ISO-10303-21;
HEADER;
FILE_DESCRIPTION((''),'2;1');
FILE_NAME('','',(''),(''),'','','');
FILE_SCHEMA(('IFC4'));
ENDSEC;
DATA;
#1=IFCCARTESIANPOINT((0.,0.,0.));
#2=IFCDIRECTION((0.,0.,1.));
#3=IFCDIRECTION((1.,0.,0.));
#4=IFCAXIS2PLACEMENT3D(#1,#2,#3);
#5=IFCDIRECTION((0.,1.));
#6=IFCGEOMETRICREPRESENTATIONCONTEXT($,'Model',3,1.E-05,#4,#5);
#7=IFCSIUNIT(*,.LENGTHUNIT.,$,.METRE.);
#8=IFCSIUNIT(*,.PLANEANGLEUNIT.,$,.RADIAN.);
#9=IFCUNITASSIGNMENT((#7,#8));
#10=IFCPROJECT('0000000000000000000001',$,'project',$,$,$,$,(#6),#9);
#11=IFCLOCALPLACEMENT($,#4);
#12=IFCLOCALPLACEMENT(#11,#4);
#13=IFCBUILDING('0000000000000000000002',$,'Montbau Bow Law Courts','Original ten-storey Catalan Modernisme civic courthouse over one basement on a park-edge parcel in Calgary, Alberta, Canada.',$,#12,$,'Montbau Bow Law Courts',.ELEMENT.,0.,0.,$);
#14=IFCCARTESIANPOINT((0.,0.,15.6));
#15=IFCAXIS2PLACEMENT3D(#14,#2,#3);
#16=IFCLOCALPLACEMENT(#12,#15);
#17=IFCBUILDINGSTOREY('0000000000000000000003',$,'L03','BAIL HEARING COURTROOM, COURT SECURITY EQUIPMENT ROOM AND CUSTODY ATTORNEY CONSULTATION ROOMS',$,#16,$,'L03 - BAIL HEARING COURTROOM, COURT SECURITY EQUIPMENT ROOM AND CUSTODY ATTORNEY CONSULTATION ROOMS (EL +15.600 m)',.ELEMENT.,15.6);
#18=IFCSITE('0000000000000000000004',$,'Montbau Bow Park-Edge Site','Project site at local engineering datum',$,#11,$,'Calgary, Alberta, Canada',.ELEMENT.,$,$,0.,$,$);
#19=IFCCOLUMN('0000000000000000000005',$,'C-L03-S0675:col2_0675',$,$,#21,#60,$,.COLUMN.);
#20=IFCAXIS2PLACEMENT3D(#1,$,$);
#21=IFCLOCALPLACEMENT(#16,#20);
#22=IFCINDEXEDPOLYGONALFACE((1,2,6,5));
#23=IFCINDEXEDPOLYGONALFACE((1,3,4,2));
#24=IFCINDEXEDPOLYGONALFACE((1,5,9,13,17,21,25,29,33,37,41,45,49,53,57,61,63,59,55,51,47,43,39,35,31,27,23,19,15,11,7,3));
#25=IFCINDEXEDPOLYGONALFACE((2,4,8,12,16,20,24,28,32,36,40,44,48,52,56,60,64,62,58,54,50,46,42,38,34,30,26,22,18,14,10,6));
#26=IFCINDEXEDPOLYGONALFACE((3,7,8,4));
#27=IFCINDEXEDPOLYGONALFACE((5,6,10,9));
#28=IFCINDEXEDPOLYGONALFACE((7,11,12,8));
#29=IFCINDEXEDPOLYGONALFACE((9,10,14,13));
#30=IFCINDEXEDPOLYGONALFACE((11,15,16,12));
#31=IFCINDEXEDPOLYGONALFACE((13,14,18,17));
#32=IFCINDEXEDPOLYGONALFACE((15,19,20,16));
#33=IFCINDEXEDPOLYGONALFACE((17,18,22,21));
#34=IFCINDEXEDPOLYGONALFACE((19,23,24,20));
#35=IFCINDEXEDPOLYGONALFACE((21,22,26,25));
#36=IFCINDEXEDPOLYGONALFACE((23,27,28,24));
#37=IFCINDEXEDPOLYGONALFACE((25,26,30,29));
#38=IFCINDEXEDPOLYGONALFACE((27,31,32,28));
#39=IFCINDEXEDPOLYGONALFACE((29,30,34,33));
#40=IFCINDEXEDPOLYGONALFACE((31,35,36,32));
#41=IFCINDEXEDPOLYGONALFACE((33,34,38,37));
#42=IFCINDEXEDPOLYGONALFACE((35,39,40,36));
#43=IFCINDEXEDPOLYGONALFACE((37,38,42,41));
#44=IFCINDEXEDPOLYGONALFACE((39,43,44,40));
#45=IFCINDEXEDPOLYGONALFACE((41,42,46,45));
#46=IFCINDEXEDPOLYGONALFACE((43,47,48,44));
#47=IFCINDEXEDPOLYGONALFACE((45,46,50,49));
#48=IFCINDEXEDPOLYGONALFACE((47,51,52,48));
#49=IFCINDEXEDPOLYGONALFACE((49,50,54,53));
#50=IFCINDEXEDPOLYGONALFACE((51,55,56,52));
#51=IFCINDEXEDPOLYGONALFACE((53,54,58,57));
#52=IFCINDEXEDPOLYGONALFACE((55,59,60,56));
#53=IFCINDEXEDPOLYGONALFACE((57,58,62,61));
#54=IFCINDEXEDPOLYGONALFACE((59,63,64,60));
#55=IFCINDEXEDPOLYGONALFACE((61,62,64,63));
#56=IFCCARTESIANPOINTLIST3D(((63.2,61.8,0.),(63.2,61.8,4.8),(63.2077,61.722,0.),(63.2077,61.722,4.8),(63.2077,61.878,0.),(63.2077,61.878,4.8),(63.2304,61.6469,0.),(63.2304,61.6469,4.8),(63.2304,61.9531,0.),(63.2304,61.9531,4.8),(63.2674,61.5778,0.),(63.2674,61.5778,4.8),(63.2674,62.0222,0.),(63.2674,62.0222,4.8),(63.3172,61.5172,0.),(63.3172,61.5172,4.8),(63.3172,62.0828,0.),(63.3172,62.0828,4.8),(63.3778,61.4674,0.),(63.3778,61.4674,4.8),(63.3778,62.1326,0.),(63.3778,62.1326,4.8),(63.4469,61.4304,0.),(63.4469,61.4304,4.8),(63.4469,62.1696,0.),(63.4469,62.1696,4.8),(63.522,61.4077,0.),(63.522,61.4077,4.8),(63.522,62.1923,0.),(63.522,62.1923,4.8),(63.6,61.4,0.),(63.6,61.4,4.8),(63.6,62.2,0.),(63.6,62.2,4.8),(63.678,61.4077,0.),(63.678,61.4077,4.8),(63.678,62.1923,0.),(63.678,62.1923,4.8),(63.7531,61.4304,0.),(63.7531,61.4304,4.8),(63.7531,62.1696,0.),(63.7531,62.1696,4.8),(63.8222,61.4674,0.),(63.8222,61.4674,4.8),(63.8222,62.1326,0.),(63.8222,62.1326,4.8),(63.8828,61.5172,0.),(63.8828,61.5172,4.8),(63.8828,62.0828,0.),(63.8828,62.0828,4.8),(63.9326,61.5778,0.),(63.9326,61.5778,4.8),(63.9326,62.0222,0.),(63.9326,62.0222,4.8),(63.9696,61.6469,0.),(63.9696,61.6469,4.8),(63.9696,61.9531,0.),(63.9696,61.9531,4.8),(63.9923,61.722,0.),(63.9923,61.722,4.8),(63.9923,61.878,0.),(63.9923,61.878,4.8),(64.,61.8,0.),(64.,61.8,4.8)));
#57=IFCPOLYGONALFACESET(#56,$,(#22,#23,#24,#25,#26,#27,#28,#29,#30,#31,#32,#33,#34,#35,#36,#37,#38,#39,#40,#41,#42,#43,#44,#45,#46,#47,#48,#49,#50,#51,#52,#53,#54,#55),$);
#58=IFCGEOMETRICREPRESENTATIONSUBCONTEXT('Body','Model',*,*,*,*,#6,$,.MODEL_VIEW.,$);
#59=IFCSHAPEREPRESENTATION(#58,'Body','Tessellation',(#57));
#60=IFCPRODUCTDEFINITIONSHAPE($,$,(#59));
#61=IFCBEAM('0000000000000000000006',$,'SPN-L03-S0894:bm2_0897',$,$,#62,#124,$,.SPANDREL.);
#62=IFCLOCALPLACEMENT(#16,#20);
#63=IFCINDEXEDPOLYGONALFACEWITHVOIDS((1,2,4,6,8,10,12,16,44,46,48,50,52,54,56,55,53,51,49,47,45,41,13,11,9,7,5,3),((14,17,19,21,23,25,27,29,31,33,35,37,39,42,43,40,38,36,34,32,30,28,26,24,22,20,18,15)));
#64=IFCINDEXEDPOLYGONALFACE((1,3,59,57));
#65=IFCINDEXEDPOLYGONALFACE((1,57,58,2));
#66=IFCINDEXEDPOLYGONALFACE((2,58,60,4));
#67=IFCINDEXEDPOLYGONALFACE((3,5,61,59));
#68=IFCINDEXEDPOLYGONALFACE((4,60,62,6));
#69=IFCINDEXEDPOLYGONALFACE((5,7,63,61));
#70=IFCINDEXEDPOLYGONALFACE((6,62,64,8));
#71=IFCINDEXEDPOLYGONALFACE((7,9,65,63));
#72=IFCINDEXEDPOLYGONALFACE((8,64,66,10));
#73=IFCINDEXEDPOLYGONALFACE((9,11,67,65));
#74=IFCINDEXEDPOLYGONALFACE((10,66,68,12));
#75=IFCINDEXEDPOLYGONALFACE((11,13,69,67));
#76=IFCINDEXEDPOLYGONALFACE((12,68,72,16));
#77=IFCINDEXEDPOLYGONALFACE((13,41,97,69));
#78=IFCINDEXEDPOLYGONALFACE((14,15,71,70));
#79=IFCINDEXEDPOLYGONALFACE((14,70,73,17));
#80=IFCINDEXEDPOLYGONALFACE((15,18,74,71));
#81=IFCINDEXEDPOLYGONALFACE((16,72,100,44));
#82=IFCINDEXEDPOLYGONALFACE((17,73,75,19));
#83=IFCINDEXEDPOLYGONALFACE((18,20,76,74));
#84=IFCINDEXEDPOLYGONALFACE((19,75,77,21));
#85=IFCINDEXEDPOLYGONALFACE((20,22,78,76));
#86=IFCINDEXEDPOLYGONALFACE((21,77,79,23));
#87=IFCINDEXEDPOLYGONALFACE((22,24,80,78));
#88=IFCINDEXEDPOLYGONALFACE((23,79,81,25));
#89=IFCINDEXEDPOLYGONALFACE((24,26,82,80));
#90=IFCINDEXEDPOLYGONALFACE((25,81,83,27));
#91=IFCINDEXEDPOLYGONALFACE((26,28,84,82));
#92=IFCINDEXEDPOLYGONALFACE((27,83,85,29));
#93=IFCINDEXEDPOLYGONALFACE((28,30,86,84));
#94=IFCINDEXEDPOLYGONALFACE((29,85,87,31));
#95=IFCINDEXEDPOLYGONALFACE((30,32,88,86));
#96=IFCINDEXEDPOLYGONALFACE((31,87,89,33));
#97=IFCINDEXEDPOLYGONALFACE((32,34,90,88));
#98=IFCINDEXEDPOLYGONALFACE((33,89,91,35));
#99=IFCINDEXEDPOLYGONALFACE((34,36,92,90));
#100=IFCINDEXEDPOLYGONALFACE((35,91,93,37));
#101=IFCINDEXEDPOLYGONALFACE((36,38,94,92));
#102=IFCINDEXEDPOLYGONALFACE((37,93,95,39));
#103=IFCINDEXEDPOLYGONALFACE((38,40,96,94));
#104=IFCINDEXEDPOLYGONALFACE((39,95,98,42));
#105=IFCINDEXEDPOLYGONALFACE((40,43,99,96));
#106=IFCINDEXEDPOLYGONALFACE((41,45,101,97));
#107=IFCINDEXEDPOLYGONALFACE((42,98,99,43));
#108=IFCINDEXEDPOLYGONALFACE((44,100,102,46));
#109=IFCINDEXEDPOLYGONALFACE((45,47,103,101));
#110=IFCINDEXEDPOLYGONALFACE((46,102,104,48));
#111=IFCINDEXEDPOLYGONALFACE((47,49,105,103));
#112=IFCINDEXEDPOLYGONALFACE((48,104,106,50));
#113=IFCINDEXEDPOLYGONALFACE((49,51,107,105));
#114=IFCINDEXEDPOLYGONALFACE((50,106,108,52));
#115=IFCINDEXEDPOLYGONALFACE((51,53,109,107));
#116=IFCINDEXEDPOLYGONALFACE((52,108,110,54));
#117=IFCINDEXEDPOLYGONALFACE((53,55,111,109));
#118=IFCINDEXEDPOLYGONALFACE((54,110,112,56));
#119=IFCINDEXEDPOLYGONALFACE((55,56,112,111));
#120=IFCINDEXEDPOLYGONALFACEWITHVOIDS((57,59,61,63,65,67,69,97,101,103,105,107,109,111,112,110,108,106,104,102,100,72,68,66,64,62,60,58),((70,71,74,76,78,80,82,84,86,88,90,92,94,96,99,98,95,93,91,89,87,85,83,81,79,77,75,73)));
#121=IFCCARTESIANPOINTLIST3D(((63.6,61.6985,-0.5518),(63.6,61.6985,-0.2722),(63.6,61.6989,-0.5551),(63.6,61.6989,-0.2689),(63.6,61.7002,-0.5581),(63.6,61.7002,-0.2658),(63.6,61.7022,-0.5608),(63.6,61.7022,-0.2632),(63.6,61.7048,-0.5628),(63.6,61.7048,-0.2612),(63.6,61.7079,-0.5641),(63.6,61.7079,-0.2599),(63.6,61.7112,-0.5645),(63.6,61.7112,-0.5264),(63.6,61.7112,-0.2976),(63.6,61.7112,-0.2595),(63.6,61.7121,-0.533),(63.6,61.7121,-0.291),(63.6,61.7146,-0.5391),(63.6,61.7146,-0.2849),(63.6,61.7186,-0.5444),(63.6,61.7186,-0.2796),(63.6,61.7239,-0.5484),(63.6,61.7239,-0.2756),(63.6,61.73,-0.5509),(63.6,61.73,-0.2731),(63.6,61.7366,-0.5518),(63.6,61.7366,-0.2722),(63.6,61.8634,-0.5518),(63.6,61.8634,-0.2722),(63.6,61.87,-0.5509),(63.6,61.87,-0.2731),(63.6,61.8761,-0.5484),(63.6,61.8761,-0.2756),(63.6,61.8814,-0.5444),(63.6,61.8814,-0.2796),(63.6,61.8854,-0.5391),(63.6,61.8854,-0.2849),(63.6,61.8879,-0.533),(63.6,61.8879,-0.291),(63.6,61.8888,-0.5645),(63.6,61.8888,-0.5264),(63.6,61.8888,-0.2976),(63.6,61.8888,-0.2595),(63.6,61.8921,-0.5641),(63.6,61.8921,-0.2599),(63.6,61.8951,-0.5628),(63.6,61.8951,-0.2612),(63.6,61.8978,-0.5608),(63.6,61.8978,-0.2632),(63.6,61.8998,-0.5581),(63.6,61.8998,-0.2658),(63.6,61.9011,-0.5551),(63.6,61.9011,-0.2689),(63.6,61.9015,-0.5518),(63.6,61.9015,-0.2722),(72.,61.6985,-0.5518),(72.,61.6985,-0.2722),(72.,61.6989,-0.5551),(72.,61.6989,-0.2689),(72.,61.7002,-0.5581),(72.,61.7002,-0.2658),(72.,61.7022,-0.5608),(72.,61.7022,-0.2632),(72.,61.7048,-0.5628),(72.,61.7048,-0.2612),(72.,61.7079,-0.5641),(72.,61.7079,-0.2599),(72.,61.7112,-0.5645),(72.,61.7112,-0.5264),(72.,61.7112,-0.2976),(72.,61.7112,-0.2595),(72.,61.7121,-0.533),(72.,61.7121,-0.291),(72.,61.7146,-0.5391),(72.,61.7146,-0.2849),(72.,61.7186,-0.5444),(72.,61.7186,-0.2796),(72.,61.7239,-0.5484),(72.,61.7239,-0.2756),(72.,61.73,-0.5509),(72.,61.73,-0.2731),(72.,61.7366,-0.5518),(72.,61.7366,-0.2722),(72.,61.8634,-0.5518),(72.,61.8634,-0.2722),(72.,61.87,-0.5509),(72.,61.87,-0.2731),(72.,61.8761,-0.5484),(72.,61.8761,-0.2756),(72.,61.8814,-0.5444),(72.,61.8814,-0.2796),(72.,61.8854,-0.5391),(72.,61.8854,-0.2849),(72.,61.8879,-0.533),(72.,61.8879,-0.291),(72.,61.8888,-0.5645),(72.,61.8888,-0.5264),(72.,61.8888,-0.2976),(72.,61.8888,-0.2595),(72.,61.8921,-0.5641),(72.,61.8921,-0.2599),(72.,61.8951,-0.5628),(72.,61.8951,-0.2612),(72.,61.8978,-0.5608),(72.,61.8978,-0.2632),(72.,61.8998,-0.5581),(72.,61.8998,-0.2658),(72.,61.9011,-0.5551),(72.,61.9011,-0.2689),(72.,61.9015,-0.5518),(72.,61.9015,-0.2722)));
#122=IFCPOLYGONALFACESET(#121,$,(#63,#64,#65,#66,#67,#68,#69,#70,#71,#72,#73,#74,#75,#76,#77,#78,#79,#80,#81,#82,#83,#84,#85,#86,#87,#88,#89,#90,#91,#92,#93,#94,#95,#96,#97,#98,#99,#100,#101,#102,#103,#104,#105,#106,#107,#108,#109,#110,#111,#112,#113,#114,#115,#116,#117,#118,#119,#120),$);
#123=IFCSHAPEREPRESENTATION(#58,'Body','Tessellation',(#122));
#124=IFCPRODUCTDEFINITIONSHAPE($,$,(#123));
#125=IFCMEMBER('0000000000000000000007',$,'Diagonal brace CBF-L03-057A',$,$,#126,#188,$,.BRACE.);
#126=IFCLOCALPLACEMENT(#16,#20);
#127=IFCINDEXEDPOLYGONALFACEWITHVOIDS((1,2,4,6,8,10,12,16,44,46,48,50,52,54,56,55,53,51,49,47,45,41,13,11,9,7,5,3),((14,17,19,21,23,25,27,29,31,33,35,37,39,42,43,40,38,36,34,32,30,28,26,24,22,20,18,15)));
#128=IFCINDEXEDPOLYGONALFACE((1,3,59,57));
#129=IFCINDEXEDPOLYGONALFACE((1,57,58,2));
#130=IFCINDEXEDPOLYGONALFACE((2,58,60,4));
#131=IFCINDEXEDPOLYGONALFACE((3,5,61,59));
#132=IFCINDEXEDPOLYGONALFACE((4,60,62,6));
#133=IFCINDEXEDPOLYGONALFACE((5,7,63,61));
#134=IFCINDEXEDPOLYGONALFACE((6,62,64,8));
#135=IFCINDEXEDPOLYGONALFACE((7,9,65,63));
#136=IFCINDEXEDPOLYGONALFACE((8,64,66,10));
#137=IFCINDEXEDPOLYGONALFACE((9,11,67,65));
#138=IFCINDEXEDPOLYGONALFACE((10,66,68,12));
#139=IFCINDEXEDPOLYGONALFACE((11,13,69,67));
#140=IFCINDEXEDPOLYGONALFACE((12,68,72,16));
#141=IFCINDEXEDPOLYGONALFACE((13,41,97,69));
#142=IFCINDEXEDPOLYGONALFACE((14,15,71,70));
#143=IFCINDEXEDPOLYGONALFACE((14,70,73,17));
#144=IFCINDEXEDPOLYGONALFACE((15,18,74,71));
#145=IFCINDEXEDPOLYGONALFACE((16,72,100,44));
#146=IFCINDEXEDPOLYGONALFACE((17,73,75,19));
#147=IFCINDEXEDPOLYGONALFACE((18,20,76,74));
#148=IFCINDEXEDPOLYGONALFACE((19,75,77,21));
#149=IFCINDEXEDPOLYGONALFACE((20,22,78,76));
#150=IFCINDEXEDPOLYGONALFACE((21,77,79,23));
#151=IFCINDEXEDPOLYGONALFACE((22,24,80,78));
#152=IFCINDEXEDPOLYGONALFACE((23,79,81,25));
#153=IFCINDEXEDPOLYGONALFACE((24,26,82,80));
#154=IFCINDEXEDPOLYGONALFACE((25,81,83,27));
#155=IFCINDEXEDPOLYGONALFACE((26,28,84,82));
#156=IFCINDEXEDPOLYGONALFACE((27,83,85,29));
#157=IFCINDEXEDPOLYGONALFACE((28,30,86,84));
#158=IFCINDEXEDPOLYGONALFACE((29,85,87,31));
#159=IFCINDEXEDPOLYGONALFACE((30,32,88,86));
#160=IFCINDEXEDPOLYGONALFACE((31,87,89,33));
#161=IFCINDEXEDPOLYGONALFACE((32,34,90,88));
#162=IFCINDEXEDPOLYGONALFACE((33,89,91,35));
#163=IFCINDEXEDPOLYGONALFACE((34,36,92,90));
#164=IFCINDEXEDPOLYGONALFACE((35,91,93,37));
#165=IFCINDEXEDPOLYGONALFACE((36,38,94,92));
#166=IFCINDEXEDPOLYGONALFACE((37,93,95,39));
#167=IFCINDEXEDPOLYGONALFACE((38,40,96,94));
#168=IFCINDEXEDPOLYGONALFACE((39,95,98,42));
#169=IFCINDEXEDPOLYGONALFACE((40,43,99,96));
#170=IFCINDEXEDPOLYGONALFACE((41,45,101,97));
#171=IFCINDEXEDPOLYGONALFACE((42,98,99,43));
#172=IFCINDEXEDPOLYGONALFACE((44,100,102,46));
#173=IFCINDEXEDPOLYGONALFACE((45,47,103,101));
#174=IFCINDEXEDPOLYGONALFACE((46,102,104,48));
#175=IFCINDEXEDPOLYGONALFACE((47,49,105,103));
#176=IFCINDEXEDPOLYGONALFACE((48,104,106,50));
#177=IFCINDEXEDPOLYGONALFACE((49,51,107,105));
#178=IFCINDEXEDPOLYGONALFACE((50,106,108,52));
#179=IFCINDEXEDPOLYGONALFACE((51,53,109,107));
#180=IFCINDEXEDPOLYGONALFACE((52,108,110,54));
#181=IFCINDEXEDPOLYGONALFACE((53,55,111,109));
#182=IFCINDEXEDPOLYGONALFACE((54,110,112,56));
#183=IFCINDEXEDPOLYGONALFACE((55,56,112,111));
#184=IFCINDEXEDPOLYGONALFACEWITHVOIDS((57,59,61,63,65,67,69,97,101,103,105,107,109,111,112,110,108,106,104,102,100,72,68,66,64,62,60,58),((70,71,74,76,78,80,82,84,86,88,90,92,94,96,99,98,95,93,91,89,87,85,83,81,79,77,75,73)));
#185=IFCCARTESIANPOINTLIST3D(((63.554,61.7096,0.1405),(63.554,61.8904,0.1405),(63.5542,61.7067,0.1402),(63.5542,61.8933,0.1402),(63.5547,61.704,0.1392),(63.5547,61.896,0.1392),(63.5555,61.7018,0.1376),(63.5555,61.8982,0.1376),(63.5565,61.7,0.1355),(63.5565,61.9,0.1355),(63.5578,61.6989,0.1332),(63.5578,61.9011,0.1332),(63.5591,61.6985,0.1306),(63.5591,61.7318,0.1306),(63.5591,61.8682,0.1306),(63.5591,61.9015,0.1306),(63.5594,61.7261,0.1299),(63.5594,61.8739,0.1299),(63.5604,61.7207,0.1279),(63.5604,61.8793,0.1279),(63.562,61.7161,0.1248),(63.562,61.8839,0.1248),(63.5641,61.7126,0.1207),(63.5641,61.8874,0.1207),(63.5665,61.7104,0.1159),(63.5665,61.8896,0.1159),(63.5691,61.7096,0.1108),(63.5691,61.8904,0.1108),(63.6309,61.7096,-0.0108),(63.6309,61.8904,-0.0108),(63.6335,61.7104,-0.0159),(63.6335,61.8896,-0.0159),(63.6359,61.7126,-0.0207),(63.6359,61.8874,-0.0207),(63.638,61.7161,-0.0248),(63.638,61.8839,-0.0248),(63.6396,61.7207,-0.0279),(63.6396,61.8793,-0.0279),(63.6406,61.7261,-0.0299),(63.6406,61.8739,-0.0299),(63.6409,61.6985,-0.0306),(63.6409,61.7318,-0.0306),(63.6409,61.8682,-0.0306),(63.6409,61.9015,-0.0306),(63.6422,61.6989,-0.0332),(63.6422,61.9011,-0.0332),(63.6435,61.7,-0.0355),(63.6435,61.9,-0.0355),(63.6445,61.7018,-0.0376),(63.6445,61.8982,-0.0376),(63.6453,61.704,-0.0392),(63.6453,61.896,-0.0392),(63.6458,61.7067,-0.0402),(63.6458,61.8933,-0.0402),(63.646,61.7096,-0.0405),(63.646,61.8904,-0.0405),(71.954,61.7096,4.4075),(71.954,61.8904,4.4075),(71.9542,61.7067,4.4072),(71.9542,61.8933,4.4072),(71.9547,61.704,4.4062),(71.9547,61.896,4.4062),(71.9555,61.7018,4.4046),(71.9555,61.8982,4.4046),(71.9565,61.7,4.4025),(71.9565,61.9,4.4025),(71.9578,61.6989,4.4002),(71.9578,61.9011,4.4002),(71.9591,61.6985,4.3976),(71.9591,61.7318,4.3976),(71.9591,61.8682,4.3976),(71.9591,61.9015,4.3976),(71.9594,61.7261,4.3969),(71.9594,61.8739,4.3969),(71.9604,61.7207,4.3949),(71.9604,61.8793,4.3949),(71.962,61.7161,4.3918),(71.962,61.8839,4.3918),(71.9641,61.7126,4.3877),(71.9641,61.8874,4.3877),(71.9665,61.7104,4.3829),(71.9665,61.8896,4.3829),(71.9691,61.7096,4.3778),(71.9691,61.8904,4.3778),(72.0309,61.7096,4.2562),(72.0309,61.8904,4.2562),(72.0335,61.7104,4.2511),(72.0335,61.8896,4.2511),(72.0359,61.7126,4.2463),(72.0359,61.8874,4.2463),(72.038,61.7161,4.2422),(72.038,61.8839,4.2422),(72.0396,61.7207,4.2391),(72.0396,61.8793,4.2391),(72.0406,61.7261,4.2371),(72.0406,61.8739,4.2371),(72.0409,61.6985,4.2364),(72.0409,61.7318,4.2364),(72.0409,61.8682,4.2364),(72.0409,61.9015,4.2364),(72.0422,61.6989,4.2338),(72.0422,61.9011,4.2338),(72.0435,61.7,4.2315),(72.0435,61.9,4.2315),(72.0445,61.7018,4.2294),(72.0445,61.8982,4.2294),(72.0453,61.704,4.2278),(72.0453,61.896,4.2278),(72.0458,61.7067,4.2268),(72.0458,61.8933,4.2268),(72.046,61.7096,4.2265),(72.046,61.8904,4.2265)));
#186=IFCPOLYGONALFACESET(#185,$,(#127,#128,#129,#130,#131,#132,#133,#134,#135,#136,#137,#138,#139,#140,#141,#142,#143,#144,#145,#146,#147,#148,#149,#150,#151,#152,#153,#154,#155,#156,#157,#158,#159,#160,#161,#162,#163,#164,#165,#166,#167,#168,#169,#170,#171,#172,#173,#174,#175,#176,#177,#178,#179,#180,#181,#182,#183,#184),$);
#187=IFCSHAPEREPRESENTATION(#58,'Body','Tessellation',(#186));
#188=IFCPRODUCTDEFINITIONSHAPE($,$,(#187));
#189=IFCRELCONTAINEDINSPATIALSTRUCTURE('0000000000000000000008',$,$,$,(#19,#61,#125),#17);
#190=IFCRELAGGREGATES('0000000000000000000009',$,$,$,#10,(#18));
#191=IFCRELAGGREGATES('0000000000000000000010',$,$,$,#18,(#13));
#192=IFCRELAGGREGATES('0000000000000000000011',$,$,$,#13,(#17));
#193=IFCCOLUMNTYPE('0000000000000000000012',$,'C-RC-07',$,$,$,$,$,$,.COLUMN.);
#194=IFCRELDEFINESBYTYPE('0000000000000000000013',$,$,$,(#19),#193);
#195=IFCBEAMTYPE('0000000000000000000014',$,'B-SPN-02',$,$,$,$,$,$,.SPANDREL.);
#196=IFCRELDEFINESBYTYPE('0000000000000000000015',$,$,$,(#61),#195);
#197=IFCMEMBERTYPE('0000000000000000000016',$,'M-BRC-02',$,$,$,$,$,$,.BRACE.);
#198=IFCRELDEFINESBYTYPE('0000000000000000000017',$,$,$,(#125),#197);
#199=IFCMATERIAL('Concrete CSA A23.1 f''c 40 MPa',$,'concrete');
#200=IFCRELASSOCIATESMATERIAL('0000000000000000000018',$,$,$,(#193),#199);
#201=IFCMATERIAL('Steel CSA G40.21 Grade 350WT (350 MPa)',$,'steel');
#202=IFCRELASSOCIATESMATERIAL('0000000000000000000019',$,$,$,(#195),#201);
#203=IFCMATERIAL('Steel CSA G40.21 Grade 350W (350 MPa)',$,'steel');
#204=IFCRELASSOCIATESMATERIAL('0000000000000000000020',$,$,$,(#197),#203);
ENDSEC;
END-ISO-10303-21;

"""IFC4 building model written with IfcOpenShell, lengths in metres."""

from ifc_helpers import new_model, si_unit, direction, frame, origin_with_axes, origin_2d_with_axis, place, context, subcontext, project, spatial, hollow_rectangle, circle, extrude, material, material_profile, profile_set, type_object, element, save


model = new_model("IFC4")

# Units and contexts
model_context = context("Model", 3, precision=1e-05, world=origin_with_axes(), true_north=direction((0.0, 1.0)))
body_context = subcontext(model_context, "Body", "Model", "MODEL_VIEW")
ifc_project = project(units=[si_unit("LENGTHUNIT", "METRE"), si_unit("PLANEANGLEUNIT", "RADIAN")], contexts=[model_context])

# Site, building, storey
site_placement = place(None, origin_with_axes())
site = spatial("IfcSite", under=ifc_project, at=site_placement, Name="Montbau Bow Park-Edge Site", Description="Project site at local engineering datum", LongName="Calgary, Alberta, Canada", CompositionType="ELEMENT", RefElevation=0.0)
building_placement = place(site_placement, origin_with_axes())
building = spatial("IfcBuilding", under=site, at=building_placement, Name="Montbau Bow Law Courts", Description="Original ten-storey Catalan Modernisme civic courthouse over one basement on a park-edge parcel in Calgary, Alberta, Canada.", LongName="Montbau Bow Law Courts", CompositionType="ELEMENT", ElevationOfRefHeight=0.0, ElevationOfTerrain=0.0)
storey_placement = place(building_placement, frame((0.0, 0.0, 15.6), z_axis=(0.0, 0.0, 1.0), x_axis=(1.0, 0.0, 0.0)))
storey = spatial("IfcBuildingStorey", under=building, at=storey_placement, Name="L03", Description="BAIL HEARING COURTROOM, COURT SECURITY EQUIPMENT ROOM AND CUSTODY ATTORNEY CONSULTATION ROOMS", LongName="L03 - BAIL HEARING COURTROOM, COURT SECURITY EQUIPMENT ROOM AND CUSTODY ATTORNEY CONSULTATION ROOMS (EL +15.600 m)", CompositionType="ELEMENT", Elevation=15.6)

# Column
ifc_material_1 = material(Name="Concrete CSA A23.1 f'c 40 MPa", Category="concrete")
ifc_material_profile_1 = material_profile(ifc_material_1, circle(Radius=0.4, at=origin_2d_with_axis()), Name="RC800D", Category="Main", Priority=0)
ifc_profile_set_1 = profile_set([ifc_material_profile_1], Name="Concrete CSA A23.1 f'c 40 MPa")
column_type = type_object("IfcColumnType", Name="C-RC-07", PredefinedType="COLUMN", material=ifc_profile_set_1)
column_placement = place(None, frame((63.6, 61.8, 15.6), z_axis=(0.0, 0.0, 1.0), x_axis=(1.0, 0.0, 0.0)))
element("IfcColumn", 1, at=column_placement, inside=storey, type_object=column_type, Name="C-L03-S0675:col2_0675", PredefinedType="COLUMN", context=body_context, shape_type="SweptSolid", body=[
    extrude(circle(Radius=0.4, at=origin_2d_with_axis()), origin_with_axes(), (0.0, 0.0, 1.0), 4.8),
])

# Beam
ifc_material_2 = material(Name="Steel CSA G40.21 Grade 350WT (350 MPa)", Category="steel")
ifc_material_profile_2 = material_profile(ifc_material_2, hollow_rectangle(XDim=0.203, YDim=0.305, WallThickness=0.0127, InnerFilletRadius=0.0254, OuterFilletRadius=0.0127, at=origin_2d_with_axis()), Name="HSS305X203X13", Category="Main", Priority=0)
ifc_profile_set_2 = profile_set([ifc_material_profile_2], Name="Steel CSA G40.21 Grade 350WT (350 MPa)")
beam_type = type_object("IfcBeamType", Name="B-SPN-02", PredefinedType="SPANDREL", material=ifc_profile_set_2)
beam_placement = place(None, frame((63.6, 61.8, 15.188), z_axis=(1.0, 0.0, 0.0), x_axis=(0.0, 1.0, 0.0)))
element("IfcBeam", 2, at=beam_placement, inside=storey, type_object=beam_type, Name="SPN-L03-S0894:bm2_0897", PredefinedType="SPANDREL", context=body_context, shape_type="SweptSolid", body=[
    extrude(hollow_rectangle(XDim=0.203, YDim=0.305, WallThickness=0.0127, InnerFilletRadius=0.0254, OuterFilletRadius=0.0127, at=origin_2d_with_axis()), origin_with_axes(), (0.0, 0.0, 1.0), 8.4),
])

# Member
ifc_material_3 = material(Name="Steel CSA G40.21 Grade 350W (350 MPa)", Category="steel")
ifc_material_profile_3 = material_profile(ifc_material_3, hollow_rectangle(XDim=0.203, YDim=0.203, WallThickness=0.0111, InnerFilletRadius=0.0222, OuterFilletRadius=0.0111, at=origin_2d_with_axis()), Name="HSS203X203X11", Category="Main", Priority=0)
ifc_profile_set_3 = profile_set([ifc_material_profile_3], Name="Steel CSA G40.21 Grade 350W (350 MPa)")
member_type = type_object("IfcMemberType", Name="M-BRC-02", PredefinedType="BRACE", material=ifc_profile_set_3)
member_placement = place(None, frame((63.6, 61.8, 15.65), z_axis=(0.891565, 0.0, 0.452894), x_axis=(0.0, 1.0, 0.0)))
element("IfcMember", 3, at=member_placement, inside=storey, type_object=member_type, Name="Diagonal brace CBF-L03-057A", PredefinedType="BRACE", context=body_context, shape_type="SweptSolid", body=[
    extrude(hollow_rectangle(XDim=0.203, YDim=0.203, WallThickness=0.0111, InnerFilletRadius=0.0222, OuterFilletRadius=0.0111, at=origin_2d_with_axis()), origin_with_axes(), (0.0, 0.0, 1.0), 9.4216),
])

save(model, "model.ifc")
